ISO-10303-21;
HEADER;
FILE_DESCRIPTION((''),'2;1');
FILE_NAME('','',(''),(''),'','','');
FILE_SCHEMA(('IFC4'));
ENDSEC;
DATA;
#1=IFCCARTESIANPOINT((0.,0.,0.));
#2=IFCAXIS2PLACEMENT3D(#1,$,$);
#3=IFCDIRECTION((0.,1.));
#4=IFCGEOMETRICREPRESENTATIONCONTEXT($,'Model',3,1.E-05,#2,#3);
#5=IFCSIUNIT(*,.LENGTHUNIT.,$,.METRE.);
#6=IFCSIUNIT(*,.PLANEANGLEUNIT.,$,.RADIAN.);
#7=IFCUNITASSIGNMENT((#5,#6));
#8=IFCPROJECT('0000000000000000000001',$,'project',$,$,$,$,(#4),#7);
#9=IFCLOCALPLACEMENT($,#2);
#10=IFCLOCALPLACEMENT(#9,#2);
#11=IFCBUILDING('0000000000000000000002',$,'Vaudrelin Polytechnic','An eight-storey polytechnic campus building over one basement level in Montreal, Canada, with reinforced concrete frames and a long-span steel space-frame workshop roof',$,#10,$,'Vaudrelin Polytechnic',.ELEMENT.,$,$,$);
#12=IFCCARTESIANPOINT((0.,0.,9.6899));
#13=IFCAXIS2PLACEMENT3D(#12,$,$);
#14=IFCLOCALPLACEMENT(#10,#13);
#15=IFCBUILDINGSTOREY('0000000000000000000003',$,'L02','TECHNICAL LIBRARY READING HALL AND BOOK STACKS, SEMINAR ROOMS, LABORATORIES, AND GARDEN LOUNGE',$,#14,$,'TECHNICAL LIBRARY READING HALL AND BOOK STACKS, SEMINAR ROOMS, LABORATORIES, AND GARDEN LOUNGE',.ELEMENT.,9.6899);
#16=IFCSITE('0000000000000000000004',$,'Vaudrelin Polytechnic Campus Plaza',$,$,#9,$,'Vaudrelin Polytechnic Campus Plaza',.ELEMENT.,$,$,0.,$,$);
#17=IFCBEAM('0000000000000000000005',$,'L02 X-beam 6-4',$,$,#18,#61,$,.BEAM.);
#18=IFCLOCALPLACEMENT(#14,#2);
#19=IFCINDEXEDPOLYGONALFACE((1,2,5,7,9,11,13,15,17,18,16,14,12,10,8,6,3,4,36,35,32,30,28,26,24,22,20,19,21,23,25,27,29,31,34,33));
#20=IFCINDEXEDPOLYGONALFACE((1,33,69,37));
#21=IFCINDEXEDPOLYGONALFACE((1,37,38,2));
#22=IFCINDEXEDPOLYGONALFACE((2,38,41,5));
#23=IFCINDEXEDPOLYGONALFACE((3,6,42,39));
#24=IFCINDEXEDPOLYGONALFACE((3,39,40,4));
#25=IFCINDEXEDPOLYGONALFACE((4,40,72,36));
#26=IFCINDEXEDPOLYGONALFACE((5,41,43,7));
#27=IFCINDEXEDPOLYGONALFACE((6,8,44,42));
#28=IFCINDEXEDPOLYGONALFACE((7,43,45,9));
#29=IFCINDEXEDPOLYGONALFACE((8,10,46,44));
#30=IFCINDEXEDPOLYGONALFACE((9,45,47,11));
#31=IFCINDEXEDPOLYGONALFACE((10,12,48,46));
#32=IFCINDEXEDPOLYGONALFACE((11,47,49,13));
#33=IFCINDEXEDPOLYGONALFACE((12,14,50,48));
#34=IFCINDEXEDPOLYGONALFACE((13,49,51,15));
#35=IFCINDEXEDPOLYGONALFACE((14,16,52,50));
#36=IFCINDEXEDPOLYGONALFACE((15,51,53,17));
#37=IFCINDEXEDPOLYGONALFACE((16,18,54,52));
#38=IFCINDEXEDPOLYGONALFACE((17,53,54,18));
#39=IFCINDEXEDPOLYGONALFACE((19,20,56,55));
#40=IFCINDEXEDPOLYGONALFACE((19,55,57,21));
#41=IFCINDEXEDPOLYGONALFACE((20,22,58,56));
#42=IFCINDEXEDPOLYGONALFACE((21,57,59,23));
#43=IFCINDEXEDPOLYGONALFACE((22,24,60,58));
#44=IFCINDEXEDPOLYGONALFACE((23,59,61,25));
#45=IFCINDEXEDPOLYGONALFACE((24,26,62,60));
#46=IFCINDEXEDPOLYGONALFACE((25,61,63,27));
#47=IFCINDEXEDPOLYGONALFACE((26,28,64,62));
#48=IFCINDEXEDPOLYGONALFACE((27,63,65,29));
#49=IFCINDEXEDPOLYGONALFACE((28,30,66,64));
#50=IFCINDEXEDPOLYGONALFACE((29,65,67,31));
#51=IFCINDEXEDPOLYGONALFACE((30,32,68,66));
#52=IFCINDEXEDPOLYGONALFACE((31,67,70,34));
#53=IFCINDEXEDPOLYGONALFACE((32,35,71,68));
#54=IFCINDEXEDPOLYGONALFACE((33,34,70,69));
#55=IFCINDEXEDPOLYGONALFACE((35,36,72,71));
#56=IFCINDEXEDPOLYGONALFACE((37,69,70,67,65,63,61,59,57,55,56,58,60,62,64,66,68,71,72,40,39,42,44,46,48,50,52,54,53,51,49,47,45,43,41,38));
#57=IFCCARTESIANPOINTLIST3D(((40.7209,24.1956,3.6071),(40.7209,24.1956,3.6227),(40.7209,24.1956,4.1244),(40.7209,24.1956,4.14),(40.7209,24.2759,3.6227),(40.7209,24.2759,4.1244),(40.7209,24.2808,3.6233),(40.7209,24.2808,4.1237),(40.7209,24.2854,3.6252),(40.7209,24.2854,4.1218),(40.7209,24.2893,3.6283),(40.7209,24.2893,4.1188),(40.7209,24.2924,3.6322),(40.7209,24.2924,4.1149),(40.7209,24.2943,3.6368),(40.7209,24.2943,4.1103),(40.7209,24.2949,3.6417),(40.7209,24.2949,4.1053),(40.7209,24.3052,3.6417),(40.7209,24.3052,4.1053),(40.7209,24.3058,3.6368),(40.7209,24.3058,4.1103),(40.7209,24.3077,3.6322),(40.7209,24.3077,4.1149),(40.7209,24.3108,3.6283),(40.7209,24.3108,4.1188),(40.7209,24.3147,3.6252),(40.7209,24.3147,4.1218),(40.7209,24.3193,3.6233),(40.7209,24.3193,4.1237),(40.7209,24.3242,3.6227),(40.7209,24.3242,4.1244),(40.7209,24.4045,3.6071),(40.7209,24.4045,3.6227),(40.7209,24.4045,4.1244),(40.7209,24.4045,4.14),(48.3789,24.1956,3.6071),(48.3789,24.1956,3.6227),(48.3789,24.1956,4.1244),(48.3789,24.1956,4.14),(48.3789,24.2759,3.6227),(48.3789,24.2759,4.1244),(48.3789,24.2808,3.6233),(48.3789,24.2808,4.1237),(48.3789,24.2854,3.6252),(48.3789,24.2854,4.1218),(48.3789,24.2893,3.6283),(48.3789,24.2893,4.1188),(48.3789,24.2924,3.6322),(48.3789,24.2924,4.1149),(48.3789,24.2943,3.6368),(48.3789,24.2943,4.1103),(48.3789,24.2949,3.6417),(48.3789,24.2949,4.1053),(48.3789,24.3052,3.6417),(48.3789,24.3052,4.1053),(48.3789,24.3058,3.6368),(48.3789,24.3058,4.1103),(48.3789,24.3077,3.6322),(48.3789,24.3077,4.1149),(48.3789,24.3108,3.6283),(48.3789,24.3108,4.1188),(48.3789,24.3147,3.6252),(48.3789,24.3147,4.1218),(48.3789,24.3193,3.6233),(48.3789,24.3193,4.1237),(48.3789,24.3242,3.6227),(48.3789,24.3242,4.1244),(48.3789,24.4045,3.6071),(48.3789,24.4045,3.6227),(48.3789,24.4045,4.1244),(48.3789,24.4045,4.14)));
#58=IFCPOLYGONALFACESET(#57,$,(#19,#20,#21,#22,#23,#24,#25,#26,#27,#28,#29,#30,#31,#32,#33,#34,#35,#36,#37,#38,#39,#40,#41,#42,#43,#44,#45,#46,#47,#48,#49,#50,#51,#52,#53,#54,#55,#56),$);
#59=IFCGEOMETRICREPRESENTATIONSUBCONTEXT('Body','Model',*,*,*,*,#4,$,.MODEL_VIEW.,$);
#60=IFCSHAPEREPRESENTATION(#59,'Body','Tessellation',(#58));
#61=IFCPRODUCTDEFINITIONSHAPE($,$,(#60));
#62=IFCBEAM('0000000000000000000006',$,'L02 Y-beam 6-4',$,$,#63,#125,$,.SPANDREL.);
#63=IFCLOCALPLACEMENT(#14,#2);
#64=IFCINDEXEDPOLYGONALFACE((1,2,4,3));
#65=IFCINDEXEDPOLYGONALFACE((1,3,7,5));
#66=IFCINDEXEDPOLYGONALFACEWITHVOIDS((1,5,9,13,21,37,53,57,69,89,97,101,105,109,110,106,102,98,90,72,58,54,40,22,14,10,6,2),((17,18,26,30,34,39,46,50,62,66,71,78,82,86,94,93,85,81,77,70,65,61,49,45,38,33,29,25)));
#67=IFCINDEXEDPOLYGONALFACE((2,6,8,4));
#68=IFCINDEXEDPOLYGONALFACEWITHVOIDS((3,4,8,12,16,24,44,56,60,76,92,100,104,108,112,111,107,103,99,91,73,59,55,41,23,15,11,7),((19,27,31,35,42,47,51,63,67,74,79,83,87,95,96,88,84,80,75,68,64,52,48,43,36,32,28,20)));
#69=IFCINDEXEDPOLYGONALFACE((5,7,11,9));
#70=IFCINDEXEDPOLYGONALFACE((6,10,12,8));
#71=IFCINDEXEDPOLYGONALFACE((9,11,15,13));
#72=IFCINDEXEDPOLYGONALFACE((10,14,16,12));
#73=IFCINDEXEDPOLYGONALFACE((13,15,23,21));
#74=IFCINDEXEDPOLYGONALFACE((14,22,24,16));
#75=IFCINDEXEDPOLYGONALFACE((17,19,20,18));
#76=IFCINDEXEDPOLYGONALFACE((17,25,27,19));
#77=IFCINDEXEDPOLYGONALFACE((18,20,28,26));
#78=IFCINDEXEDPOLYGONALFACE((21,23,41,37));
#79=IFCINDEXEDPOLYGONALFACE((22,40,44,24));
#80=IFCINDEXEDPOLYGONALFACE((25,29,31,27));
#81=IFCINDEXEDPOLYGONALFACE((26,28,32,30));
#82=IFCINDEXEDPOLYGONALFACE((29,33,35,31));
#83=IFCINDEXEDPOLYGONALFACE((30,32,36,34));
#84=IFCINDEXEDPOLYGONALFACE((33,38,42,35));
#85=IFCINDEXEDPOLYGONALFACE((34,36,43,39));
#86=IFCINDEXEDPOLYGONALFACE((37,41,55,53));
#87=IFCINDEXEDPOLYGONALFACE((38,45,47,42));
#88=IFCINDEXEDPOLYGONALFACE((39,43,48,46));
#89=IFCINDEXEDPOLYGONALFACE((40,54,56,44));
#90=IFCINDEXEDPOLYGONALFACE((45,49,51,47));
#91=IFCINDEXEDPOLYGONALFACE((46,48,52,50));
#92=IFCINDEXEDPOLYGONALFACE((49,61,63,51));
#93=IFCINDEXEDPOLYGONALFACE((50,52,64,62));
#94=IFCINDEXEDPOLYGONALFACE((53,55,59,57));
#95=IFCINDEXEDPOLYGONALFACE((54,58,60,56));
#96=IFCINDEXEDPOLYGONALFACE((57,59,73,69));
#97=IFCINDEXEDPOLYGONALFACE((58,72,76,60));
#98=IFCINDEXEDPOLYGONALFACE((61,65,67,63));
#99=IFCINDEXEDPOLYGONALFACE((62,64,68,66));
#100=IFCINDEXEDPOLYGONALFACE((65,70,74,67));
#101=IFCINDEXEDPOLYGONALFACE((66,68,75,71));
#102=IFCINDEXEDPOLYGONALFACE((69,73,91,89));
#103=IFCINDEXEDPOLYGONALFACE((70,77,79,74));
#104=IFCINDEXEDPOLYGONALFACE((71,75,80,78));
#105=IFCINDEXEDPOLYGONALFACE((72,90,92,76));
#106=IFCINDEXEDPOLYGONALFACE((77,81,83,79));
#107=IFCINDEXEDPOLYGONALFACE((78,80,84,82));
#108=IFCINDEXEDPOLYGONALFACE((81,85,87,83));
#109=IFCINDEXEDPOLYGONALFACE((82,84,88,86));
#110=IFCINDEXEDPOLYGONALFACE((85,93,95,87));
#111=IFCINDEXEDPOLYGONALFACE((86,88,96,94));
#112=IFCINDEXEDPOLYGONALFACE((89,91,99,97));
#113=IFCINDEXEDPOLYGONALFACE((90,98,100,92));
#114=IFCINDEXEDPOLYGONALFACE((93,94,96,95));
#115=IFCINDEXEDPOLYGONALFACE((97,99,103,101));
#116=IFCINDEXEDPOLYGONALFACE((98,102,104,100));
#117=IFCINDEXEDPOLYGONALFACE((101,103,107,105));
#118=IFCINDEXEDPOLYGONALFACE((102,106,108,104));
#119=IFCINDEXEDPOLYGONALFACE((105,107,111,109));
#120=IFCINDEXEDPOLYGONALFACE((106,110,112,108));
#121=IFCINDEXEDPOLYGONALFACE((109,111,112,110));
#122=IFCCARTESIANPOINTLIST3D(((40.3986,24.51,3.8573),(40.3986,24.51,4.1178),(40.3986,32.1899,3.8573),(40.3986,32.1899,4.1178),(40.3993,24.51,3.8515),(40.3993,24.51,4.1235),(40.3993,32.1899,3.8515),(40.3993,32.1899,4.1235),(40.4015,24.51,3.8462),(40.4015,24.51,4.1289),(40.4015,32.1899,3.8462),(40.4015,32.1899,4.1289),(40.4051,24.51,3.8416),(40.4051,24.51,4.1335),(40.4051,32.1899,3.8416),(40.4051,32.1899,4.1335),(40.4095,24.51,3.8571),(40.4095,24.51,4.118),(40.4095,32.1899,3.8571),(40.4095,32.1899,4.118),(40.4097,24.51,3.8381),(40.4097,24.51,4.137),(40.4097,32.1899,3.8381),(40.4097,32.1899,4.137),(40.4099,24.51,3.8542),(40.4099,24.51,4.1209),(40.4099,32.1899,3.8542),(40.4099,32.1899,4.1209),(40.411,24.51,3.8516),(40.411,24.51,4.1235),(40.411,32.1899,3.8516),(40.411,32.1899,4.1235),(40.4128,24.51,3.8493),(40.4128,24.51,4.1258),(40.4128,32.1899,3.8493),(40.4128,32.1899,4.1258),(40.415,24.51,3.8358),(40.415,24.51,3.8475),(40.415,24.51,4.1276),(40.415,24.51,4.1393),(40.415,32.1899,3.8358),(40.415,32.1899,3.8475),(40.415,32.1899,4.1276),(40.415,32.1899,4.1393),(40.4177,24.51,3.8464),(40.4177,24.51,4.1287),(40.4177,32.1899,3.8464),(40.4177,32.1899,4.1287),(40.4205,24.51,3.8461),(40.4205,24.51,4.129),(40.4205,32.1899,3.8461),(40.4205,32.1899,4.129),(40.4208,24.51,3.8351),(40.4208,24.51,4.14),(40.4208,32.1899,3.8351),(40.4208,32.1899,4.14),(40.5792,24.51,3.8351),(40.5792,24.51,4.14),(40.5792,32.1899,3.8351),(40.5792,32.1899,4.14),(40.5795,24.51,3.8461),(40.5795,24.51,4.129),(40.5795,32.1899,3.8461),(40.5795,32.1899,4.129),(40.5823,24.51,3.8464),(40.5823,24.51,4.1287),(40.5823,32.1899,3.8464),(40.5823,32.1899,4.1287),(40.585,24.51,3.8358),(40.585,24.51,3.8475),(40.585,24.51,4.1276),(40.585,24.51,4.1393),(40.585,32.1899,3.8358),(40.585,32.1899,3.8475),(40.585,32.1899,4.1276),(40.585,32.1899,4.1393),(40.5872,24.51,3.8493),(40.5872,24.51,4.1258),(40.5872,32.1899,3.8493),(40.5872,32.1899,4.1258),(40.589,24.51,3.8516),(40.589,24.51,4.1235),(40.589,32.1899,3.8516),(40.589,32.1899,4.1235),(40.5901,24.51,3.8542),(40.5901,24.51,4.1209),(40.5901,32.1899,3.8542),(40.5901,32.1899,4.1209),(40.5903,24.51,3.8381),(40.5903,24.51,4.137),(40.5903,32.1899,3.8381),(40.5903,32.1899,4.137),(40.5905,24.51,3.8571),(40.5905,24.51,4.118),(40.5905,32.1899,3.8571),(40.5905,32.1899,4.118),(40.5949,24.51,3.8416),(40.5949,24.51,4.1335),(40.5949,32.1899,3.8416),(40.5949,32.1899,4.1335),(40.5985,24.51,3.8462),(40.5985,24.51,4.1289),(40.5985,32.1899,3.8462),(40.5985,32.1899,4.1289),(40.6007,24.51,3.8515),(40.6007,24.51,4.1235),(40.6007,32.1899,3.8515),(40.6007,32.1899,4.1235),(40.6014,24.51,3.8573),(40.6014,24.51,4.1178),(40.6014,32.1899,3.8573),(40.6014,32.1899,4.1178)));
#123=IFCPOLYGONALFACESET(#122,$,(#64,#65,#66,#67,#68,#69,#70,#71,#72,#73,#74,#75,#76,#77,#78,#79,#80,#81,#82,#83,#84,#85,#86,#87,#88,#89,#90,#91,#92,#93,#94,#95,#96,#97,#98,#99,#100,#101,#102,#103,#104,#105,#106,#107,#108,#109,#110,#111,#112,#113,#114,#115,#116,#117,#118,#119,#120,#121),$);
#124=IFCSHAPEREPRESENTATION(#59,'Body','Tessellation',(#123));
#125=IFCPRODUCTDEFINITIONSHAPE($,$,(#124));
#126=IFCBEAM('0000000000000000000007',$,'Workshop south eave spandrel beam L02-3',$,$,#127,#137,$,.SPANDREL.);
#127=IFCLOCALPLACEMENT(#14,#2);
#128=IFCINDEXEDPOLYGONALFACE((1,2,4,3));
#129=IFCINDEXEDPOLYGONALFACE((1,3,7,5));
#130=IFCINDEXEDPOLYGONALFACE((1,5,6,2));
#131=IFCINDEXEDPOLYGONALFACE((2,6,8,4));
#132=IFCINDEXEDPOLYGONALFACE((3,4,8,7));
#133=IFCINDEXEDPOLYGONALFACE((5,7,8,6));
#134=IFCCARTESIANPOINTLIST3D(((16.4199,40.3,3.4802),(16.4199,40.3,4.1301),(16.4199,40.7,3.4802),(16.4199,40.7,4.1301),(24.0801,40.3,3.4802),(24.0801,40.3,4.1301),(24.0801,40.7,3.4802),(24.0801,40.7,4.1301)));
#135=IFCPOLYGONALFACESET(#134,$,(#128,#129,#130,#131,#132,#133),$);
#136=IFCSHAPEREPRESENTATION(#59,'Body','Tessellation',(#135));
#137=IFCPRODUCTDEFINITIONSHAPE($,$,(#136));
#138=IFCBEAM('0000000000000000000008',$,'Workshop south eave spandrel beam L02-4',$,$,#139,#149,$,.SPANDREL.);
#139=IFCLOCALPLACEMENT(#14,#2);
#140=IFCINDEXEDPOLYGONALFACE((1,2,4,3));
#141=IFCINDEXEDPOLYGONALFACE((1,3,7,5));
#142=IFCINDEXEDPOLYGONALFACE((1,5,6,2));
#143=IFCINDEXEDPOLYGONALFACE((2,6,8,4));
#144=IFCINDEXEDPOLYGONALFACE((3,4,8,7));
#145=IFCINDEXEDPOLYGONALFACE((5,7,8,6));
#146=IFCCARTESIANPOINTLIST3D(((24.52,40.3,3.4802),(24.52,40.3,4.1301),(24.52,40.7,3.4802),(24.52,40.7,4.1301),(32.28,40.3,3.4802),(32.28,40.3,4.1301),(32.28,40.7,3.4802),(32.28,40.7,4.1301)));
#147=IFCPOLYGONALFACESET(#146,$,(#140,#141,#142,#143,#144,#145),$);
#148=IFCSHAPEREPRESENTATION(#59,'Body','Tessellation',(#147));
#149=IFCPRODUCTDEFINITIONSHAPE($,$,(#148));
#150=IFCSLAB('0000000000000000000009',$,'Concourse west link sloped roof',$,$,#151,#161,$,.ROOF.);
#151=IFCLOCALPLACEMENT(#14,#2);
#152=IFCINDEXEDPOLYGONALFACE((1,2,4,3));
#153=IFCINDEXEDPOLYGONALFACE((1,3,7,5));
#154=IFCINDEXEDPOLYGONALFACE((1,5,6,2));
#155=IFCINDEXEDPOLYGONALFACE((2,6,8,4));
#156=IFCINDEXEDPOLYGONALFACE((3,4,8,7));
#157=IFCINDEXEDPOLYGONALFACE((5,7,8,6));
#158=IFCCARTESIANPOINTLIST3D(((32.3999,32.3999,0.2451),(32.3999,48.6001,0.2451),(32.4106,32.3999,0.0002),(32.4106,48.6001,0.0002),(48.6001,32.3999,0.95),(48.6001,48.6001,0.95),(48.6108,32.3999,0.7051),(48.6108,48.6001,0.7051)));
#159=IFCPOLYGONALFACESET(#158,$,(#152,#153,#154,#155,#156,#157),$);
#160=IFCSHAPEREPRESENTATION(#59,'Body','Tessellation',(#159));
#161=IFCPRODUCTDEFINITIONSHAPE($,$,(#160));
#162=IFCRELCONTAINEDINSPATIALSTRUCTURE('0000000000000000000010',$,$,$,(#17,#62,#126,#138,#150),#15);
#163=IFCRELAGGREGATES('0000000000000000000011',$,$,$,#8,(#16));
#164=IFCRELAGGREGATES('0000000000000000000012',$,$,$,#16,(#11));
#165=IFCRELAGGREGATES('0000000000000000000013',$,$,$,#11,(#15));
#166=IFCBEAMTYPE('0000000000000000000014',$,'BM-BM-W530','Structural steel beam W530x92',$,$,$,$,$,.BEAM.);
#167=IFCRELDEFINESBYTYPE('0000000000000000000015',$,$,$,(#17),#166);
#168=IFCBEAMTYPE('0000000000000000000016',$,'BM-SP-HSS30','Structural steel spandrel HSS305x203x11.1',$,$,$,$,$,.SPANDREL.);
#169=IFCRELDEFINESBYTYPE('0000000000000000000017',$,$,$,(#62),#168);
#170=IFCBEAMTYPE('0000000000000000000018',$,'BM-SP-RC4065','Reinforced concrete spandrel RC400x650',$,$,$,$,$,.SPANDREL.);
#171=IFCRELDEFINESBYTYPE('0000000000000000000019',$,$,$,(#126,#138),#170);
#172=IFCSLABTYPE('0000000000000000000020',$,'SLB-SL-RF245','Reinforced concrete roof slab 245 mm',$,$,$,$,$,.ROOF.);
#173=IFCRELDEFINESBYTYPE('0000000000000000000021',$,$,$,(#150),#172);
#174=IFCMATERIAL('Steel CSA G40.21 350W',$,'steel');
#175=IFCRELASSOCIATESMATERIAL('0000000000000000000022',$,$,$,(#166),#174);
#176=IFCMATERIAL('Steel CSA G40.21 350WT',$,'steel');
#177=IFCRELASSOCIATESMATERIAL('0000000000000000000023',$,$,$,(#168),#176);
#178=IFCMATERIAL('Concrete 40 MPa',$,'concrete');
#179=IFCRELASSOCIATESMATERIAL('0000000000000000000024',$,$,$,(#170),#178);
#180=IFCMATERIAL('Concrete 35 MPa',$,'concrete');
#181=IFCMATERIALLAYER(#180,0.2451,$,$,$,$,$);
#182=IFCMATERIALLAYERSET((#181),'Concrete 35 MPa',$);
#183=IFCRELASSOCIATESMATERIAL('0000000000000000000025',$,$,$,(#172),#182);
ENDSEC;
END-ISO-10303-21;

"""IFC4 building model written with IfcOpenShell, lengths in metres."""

from ifc_helpers import new_model, si_unit, direction, frame, origin, origin_2d, place, context, subcontext, project, spatial, polyline, rectangle, hollow_rectangle, i_section, outline, extrude, material, layer, layer_set, material_profile, profile_set, type_object, element, save


model = new_model("IFC4")

# Units and contexts
model_context = context("Model", 3, precision=1e-05, world=origin(), true_north=direction((0.0, 1.0)))
body_context = subcontext(model_context, "Body", "Model", "MODEL_VIEW")
ifc_project = project(units=[si_unit("LENGTHUNIT", "METRE"), si_unit("PLANEANGLEUNIT", "RADIAN")], contexts=[model_context])

# Site, building, storey
site_placement = place(None, origin())
site = spatial("IfcSite", under=ifc_project, at=site_placement, Name="Vaudrelin Polytechnic Campus Plaza", LongName="Vaudrelin Polytechnic Campus Plaza", CompositionType="ELEMENT", RefElevation=0.0)
building_placement = place(site_placement, origin())
building = spatial("IfcBuilding", under=site, at=building_placement, Name="Vaudrelin Polytechnic", Description="An eight-storey polytechnic campus building over one basement level in Montreal, Canada, with reinforced concrete frames and a long-span steel space-frame workshop roof", LongName="Vaudrelin Polytechnic", CompositionType="ELEMENT")
storey_placement = place(building_placement, frame((0.0, 0.0, 9.6899)))
storey = spatial("IfcBuildingStorey", under=building, at=storey_placement, Name="L02", Description="TECHNICAL LIBRARY READING HALL AND BOOK STACKS, SEMINAR ROOMS, LABORATORIES, AND GARDEN LOUNGE", LongName="TECHNICAL LIBRARY READING HALL AND BOOK STACKS, SEMINAR ROOMS, LABORATORIES, AND GARDEN LOUNGE", CompositionType="ELEMENT", Elevation=9.6899)

# Shared definitions
ifc_material_1 = material(Name="Steel CSA G40.21 350W", Category="steel")
ifc_material_2 = material(Name="Concrete 40 MPa", Category="concrete")

# Beams
ifc_material_3 = material(Name="Steel CSA G40.21 350WT", Category="steel")
ifc_material_profile_1 = material_profile(ifc_material_1, i_section(OverallWidth=0.209, OverallDepth=0.533, WebThickness=0.0103, FlangeThickness=0.0156, FilletRadius=0.019, at=origin_2d()), Name="W530x92")
ifc_profile_set_1 = profile_set([ifc_material_profile_1], Name="Steel CSA G40.21 350W")
beam_type_1 = type_object("IfcBeamType", Name="BM-BM-W530", Description="Structural steel beam W530x92", PredefinedType="BEAM", material=ifc_profile_set_1)
beam_1_placement = place(storey_placement, frame((40.7209, 24.3, 3.8735), z_axis=(1.0, 0.0, 0.0), x_axis=(0.0, 1.0, 0.0)))
element("IfcBeam", 1, at=beam_1_placement, inside=storey, type_object=beam_type_1, Name="L02 X-beam 6-4", PredefinedType="BEAM", context=body_context, shape_type="SweptSolid", body=[
    extrude(i_section(OverallWidth=0.209, OverallDepth=0.533, WebThickness=0.0103, FlangeThickness=0.0156, FilletRadius=0.019, at=origin_2d()), origin(), (0.0, 0.0, 1.0), 7.658),
])
ifc_material_profile_2 = material_profile(ifc_material_3, hollow_rectangle(XDim=0.2029, YDim=0.3049, WallThickness=0.011, InnerFilletRadius=0.011, OuterFilletRadius=0.0222, at=origin_2d()), Name="HSS305x203x11.1")
ifc_profile_set_2 = profile_set([ifc_material_profile_2], Name="Steel CSA G40.21 350WT")
beam_type_2 = type_object("IfcBeamType", Name="BM-SP-HSS30", Description="Structural steel spandrel HSS305x203x11.1", PredefinedType="SPANDREL", material=ifc_profile_set_2)
beam_2_placement = place(storey_placement, frame((40.5, 24.51, 3.9875), z_axis=(0.0, 1.0, 0.0), x_axis=(-1.0, 0.0, 0.0)))
element("IfcBeam", 2, at=beam_2_placement, inside=storey, type_object=beam_type_2, Name="L02 Y-beam 6-4", PredefinedType="SPANDREL", context=body_context, shape_type="SweptSolid", body=[
    extrude(hollow_rectangle(XDim=0.2029, YDim=0.3049, WallThickness=0.011, InnerFilletRadius=0.011, OuterFilletRadius=0.0222, at=origin_2d()), origin(), (0.0, 0.0, 1.0), 7.6799),
])
ifc_material_profile_3 = material_profile(ifc_material_2, rectangle(XDim=0.3999, YDim=0.6499, at=origin_2d()), Name="RC400x650")
ifc_profile_set_3 = profile_set([ifc_material_profile_3], Name="Concrete 40 MPa")
beam_type_3 = type_object("IfcBeamType", Name="BM-SP-RC4065", Description="Reinforced concrete spandrel RC400x650", PredefinedType="SPANDREL", material=ifc_profile_set_3)
beam_3_placement = place(storey_placement, frame((16.4199, 40.5, 3.8052), z_axis=(1.0, 0.0, 0.0), x_axis=(0.0, 1.0, 0.0)))
element("IfcBeam", 3, at=beam_3_placement, inside=storey, type_object=beam_type_3, Name="Workshop south eave spandrel beam L02-3", PredefinedType="SPANDREL", context=body_context, shape_type="SweptSolid", body=[
    extrude(rectangle(XDim=0.3999, YDim=0.6499, at=origin_2d()), origin(), (0.0, 0.0, 1.0), 7.6602),
])
beam_4_placement = place(storey_placement, frame((24.52, 40.5, 3.8052), z_axis=(1.0, 0.0, 0.0), x_axis=(0.0, 1.0, 0.0)))
element("IfcBeam", 4, at=beam_4_placement, inside=storey, type_object=beam_type_3, Name="Workshop south eave spandrel beam L02-4", PredefinedType="SPANDREL", context=body_context, shape_type="SweptSolid", body=[
    extrude(rectangle(XDim=0.3999, YDim=0.6499, at=origin_2d()), origin(), (0.0, 0.0, 1.0), 7.76),
])

# Slab
ifc_material_4 = material(Name="Concrete 35 MPa", Category="concrete")
ifc_layer_1 = layer(ifc_material_4, 0.2451)
ifc_layer_set_1 = layer_set([ifc_layer_1], Name="Concrete 35 MPa")
slab_type = type_object("IfcSlabType", Name="SLB-SL-RF245", Description="Reinforced concrete roof slab 245 mm", PredefinedType="ROOF", material=ifc_layer_set_1)
slab_placement = place(storey_placement, frame((32.3999, 32.3999, 0.2451), z_axis=(-0.043467, 0.0, 0.999055), x_axis=(0.999055, 0.0, 0.043467)))
element("IfcSlab", 5, at=slab_placement, inside=storey, type_object=slab_type, Name="Concourse west link sloped roof", PredefinedType="ROOF", context=body_context, shape_type="SweptSolid", body=[
    extrude(outline(polyline([(0.0, 0.0), (16.2155, 0.0), (16.2155, 16.2002), (0.0, 16.2002), (0.0, 0.0)])), origin(), (0.0, 0.0, -1.0), 0.2451),
])

save(model, "model.ifc")
